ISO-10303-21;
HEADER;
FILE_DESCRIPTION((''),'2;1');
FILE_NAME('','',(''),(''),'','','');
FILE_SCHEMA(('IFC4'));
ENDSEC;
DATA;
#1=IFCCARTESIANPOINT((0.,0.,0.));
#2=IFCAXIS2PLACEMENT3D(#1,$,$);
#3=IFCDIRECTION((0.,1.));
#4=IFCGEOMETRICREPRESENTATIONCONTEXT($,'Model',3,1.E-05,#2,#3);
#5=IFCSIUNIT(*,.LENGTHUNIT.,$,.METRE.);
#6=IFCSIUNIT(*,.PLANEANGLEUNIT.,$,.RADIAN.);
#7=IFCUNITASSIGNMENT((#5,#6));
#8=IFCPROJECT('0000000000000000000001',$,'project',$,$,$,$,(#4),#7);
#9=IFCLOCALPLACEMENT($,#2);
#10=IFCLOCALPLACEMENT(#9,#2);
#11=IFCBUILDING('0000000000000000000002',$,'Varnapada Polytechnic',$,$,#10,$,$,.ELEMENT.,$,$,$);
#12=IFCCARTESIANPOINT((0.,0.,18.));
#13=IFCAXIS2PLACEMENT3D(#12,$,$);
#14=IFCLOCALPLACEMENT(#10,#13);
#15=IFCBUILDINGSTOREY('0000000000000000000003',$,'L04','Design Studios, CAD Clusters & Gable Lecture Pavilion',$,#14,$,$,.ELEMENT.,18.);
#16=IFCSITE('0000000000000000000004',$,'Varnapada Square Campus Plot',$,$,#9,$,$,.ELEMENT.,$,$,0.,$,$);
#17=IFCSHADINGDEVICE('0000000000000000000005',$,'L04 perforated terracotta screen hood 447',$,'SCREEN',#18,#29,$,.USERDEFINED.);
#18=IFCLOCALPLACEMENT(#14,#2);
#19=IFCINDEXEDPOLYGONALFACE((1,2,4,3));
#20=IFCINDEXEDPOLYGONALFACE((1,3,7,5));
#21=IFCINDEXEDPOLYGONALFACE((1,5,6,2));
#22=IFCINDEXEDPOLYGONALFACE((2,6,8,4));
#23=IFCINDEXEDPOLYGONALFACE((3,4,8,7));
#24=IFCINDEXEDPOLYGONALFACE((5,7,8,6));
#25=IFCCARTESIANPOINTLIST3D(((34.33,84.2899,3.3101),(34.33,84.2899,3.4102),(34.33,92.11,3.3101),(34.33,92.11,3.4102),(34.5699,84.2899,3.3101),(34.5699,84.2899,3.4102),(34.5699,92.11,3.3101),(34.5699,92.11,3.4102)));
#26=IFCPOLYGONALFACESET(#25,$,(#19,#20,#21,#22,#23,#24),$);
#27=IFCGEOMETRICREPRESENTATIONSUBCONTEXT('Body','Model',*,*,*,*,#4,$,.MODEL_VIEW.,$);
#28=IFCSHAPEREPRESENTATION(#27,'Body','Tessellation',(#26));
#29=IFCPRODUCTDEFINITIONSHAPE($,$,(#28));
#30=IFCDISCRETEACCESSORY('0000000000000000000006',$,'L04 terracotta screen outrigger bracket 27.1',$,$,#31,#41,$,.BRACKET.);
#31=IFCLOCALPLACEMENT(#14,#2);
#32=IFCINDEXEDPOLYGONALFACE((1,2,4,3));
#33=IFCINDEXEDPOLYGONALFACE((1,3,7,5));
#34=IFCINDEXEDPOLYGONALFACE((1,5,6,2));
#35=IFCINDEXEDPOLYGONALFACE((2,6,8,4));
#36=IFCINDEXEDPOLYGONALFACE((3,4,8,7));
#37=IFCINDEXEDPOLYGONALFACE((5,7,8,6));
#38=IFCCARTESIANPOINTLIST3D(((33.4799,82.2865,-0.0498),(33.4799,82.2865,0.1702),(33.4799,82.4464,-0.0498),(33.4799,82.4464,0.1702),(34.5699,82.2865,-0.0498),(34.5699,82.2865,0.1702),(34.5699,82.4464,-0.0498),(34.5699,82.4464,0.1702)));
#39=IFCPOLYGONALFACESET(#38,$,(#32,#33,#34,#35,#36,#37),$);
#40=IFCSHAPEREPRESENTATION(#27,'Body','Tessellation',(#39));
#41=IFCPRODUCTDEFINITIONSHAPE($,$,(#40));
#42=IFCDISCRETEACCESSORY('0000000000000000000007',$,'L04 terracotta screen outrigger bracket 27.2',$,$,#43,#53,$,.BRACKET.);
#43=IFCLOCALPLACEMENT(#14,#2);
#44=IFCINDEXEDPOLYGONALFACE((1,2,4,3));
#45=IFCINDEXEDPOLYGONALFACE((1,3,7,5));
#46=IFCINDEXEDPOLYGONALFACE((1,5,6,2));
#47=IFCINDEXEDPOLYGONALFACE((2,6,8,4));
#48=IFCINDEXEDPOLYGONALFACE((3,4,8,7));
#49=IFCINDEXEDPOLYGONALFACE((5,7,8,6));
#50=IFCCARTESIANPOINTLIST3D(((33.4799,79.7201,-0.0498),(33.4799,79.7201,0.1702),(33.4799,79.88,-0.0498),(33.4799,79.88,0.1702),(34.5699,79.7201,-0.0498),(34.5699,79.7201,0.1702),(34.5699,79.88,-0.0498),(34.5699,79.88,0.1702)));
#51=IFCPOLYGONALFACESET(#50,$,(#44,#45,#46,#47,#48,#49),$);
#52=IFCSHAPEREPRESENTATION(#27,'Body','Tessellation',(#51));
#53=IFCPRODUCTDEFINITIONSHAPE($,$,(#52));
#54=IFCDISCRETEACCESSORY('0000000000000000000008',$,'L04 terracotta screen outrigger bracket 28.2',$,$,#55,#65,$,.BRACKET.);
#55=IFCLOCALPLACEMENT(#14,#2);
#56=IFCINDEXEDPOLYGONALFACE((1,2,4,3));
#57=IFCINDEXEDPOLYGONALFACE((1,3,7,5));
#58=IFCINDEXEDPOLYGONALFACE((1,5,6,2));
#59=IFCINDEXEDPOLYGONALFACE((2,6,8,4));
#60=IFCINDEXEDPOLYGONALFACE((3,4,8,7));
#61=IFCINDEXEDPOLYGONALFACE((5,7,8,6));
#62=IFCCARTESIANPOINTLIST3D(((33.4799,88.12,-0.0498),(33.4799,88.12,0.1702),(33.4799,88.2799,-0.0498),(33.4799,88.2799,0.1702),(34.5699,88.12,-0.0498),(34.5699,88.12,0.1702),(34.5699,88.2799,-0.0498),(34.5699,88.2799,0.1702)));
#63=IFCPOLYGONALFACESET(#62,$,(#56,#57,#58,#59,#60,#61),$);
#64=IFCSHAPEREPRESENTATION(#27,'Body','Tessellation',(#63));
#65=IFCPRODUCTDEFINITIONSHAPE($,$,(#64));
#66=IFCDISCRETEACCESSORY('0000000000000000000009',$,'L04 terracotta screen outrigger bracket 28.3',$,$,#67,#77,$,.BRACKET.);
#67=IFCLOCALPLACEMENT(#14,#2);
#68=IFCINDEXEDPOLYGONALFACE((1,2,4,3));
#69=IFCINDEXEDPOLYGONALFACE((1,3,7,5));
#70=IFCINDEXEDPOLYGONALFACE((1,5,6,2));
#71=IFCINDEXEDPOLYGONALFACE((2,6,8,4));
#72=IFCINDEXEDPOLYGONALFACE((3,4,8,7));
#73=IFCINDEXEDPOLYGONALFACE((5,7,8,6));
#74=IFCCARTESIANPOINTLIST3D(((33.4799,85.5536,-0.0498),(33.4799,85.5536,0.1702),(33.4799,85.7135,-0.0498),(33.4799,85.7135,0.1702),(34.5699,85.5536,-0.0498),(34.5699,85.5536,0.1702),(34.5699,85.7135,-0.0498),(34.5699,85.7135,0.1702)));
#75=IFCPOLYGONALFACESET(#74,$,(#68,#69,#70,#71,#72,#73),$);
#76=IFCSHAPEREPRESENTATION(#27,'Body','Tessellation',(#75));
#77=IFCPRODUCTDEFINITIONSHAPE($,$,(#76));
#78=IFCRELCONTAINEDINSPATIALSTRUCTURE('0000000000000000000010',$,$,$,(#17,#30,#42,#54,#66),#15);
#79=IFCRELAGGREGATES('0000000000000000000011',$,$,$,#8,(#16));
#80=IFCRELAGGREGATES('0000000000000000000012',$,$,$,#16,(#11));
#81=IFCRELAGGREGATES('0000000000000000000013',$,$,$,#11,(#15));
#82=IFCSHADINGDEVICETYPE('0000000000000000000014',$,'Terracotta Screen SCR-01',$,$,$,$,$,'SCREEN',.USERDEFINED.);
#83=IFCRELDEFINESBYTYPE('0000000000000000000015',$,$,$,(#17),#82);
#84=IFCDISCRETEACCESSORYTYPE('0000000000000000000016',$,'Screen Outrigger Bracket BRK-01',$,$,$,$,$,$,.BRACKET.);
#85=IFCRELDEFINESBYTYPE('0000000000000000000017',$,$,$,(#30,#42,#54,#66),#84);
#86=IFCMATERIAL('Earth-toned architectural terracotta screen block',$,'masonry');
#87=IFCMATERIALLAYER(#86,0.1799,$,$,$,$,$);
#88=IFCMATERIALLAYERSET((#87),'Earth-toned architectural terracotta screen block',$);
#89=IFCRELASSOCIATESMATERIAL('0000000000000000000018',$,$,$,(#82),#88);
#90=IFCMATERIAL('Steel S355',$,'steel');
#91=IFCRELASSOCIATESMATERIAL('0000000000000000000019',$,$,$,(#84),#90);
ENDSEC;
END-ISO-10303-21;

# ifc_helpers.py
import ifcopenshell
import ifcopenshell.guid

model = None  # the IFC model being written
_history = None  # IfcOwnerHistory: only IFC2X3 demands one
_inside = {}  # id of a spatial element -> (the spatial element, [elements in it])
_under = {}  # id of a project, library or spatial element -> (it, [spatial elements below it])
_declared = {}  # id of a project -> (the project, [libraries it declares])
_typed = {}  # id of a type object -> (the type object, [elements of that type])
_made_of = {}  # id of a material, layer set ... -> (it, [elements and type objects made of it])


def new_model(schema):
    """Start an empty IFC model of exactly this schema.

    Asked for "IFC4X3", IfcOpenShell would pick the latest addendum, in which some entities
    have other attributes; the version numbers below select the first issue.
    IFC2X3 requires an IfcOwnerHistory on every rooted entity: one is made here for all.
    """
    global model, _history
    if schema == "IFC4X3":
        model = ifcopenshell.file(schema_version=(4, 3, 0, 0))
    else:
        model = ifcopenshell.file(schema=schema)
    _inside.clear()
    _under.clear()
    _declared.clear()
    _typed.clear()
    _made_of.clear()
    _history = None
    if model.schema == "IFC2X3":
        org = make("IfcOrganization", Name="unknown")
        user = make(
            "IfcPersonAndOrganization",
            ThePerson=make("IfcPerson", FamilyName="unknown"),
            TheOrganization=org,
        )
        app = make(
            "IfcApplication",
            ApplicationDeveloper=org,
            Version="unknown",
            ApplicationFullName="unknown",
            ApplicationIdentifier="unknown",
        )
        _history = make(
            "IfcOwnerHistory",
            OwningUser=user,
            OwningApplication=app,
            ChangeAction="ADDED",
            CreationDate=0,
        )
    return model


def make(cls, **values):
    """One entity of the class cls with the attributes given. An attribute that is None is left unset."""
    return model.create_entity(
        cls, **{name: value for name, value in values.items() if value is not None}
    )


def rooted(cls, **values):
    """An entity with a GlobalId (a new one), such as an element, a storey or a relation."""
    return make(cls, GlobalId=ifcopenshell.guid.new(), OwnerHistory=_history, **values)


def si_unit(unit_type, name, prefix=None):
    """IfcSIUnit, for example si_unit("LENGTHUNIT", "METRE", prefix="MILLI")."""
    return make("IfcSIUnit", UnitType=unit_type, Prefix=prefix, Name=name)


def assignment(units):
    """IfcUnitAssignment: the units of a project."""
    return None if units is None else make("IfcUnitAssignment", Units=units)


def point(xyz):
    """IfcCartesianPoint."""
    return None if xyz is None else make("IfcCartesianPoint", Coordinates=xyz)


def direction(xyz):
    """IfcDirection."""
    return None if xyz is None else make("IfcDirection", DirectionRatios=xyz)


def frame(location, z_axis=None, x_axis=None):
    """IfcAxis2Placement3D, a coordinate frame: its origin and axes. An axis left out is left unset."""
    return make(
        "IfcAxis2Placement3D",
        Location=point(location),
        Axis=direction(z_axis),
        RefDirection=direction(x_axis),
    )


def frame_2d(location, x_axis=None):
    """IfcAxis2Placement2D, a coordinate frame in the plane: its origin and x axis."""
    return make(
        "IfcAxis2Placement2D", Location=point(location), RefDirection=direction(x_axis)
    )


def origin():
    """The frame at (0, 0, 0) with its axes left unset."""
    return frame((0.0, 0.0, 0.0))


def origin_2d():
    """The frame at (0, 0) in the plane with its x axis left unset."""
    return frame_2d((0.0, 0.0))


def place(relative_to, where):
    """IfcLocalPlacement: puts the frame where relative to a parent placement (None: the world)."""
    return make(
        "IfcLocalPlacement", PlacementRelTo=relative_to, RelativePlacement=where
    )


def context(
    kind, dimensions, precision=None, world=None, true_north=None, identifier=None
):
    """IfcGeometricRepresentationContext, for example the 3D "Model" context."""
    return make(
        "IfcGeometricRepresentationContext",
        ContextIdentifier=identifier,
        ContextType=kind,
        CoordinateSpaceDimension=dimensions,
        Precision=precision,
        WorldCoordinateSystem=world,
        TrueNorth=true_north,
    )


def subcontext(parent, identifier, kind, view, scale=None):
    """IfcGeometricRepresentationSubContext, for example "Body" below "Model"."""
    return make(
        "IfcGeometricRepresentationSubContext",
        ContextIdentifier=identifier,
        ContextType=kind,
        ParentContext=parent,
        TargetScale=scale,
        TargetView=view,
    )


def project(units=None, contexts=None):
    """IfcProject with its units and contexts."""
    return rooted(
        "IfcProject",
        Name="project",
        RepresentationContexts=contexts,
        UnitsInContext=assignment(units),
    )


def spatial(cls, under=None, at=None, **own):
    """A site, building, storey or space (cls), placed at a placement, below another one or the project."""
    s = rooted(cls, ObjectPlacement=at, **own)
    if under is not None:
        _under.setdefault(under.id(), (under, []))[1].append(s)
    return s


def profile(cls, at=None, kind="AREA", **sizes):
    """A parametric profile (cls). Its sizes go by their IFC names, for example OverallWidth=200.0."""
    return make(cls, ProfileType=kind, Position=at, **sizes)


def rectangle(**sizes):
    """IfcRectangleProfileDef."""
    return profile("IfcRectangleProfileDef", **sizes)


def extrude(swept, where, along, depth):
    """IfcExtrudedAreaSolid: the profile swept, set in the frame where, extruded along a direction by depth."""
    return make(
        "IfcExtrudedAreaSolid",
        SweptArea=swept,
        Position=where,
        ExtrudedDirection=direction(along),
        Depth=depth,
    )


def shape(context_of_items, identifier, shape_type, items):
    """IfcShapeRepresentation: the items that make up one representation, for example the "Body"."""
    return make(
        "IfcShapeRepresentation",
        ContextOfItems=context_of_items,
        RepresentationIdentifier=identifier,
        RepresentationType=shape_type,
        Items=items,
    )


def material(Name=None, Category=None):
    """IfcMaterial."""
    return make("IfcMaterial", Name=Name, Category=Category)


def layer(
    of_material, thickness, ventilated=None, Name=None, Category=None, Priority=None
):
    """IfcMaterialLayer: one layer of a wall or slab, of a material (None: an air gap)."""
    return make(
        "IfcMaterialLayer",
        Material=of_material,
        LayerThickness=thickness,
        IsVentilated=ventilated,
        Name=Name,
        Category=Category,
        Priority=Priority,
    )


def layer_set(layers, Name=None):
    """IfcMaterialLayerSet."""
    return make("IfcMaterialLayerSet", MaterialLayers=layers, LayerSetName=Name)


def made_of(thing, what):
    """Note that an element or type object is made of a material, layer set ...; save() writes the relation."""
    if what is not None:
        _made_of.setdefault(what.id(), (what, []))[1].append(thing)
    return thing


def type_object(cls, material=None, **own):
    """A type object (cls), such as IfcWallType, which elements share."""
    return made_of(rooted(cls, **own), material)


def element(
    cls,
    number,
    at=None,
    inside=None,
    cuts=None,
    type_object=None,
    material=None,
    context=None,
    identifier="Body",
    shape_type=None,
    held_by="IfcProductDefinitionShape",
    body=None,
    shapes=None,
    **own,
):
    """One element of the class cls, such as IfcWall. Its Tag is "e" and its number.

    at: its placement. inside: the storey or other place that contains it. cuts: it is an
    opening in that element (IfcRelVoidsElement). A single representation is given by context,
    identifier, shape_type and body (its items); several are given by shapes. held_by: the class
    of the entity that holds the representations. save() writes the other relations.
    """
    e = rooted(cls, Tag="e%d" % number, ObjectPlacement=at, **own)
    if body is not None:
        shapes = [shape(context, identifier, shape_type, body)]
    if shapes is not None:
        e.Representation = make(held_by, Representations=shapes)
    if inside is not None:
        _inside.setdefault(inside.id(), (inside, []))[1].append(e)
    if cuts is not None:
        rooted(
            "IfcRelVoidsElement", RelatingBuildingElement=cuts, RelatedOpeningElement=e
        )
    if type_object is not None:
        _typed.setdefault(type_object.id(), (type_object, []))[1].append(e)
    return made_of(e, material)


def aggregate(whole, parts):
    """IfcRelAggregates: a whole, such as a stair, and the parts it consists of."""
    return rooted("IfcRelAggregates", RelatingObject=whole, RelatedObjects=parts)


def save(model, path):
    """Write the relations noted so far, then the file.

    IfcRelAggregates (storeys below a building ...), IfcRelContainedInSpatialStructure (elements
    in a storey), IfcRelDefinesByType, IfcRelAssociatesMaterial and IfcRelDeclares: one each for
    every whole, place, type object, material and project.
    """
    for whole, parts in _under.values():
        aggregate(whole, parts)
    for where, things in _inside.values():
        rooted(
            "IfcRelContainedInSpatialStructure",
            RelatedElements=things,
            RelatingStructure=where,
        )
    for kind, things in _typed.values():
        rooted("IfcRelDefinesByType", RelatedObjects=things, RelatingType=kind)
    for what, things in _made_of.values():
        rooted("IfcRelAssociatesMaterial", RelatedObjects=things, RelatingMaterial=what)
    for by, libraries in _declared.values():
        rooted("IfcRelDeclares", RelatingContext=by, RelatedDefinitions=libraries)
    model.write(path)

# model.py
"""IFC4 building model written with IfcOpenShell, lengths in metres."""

from ifc_helpers import new_model, si_unit, direction, frame, origin, origin_2d, place, context, subcontext, project, spatial, rectangle, extrude, material, layer, layer_set, type_object, element, save


model = new_model("IFC4")

# Units and contexts
model_context = context("Model", 3, precision=1e-05, world=origin(), true_north=direction((0.0, 1.0)))
body_context = subcontext(model_context, "Body", "Model", "MODEL_VIEW")
ifc_project = project(units=[si_unit("LENGTHUNIT", "METRE"), si_unit("PLANEANGLEUNIT", "RADIAN")], contexts=[model_context])

# Site, building, storey
site_placement = place(None, origin())
site = spatial("IfcSite", under=ifc_project, at=site_placement, Name="Varnapada Square Campus Plot", CompositionType="ELEMENT", RefElevation=0.0)
building_placement = place(site_placement, origin())
building = spatial("IfcBuilding", under=site, at=building_placement, Name="Varnapada Polytechnic", CompositionType="ELEMENT")
storey_placement = place(building_placement, frame((0.0, 0.0, 18.0)))
storey = spatial("IfcBuildingStorey", under=building, at=storey_placement, Name="L04", Description="Design Studios, CAD Clusters & Gable Lecture Pavilion", CompositionType="ELEMENT", Elevation=18.0)

# Shared definitions
ifc_material_1 = material(Name="Steel S355", Category="steel")

# Shared definitions
ifc_material_2 = material(Name="Earth-toned architectural terracotta screen block", Category="masonry")

# Shading device
ifc_layer_1 = layer(ifc_material_2, 0.1799)
ifc_layer_set_1 = layer_set([ifc_layer_1], Name="Earth-toned architectural terracotta screen block")
shading_device_type = type_object("IfcShadingDeviceType", Name="Terracotta Screen SCR-01", ElementType="SCREEN", PredefinedType="USERDEFINED", material=ifc_layer_set_1)
for number, where, z_axis, x_axis, name in (
    (1, (34.45, 88.2, 3.3101), (0.0, 0.0, 1.0), (0.0, -1.0, 0.0), "L04 perforated terracotta screen hood 447"),
):
    element("IfcShadingDevice", number, at=place(storey_placement, frame(where, z_axis=z_axis, x_axis=x_axis)), inside=storey, type_object=shading_device_type, Name=name, ObjectType="SCREEN", PredefinedType="USERDEFINED", context=body_context, shape_type="SweptSolid", body=[
        extrude(rectangle(XDim=7.8201, YDim=0.24, at=origin_2d()), origin(), (0.0, 0.0, 1.0), 0.1001),
    ])

# Discrete accessories
discrete_accessory_type = type_object("IfcDiscreteAccessoryType", Name="Screen Outrigger Bracket BRK-01", PredefinedType="BRACKET", material=ifc_material_1)
for number, where, z_axis, x_axis, name in (
    (2, (34.0249, 82.3665, -0.0498), (0.0, 0.0, 1.0), (0.0, -1.0, 0.0), "L04 terracotta screen outrigger bracket 27.1"),
    (3, (34.0249, 79.8, -0.0498), (0.0, 0.0, 1.0), (0.0, -1.0, 0.0), "L04 terracotta screen outrigger bracket 27.2"),
    (4, (34.0249, 88.2, -0.0498), (0.0, 0.0, 1.0), (0.0, -1.0, 0.0), "L04 terracotta screen outrigger bracket 28.2"),
    (5, (34.0249, 85.6335, -0.0498), (0.0, 0.0, 1.0), (0.0, -1.0, 0.0), "L04 terracotta screen outrigger bracket 28.3"),
):
    element("IfcDiscreteAccessory", number, at=place(storey_placement, frame(where, z_axis=z_axis, x_axis=x_axis)), inside=storey, type_object=discrete_accessory_type, Name=name, PredefinedType="BRACKET", context=body_context, shape_type="SweptSolid", body=[
        extrude(rectangle(XDim=0.1599, YDim=1.0901, at=origin_2d()), origin(), (0.0, 0.0, 1.0), 0.22),
    ])

save(model, "model.ifc")
